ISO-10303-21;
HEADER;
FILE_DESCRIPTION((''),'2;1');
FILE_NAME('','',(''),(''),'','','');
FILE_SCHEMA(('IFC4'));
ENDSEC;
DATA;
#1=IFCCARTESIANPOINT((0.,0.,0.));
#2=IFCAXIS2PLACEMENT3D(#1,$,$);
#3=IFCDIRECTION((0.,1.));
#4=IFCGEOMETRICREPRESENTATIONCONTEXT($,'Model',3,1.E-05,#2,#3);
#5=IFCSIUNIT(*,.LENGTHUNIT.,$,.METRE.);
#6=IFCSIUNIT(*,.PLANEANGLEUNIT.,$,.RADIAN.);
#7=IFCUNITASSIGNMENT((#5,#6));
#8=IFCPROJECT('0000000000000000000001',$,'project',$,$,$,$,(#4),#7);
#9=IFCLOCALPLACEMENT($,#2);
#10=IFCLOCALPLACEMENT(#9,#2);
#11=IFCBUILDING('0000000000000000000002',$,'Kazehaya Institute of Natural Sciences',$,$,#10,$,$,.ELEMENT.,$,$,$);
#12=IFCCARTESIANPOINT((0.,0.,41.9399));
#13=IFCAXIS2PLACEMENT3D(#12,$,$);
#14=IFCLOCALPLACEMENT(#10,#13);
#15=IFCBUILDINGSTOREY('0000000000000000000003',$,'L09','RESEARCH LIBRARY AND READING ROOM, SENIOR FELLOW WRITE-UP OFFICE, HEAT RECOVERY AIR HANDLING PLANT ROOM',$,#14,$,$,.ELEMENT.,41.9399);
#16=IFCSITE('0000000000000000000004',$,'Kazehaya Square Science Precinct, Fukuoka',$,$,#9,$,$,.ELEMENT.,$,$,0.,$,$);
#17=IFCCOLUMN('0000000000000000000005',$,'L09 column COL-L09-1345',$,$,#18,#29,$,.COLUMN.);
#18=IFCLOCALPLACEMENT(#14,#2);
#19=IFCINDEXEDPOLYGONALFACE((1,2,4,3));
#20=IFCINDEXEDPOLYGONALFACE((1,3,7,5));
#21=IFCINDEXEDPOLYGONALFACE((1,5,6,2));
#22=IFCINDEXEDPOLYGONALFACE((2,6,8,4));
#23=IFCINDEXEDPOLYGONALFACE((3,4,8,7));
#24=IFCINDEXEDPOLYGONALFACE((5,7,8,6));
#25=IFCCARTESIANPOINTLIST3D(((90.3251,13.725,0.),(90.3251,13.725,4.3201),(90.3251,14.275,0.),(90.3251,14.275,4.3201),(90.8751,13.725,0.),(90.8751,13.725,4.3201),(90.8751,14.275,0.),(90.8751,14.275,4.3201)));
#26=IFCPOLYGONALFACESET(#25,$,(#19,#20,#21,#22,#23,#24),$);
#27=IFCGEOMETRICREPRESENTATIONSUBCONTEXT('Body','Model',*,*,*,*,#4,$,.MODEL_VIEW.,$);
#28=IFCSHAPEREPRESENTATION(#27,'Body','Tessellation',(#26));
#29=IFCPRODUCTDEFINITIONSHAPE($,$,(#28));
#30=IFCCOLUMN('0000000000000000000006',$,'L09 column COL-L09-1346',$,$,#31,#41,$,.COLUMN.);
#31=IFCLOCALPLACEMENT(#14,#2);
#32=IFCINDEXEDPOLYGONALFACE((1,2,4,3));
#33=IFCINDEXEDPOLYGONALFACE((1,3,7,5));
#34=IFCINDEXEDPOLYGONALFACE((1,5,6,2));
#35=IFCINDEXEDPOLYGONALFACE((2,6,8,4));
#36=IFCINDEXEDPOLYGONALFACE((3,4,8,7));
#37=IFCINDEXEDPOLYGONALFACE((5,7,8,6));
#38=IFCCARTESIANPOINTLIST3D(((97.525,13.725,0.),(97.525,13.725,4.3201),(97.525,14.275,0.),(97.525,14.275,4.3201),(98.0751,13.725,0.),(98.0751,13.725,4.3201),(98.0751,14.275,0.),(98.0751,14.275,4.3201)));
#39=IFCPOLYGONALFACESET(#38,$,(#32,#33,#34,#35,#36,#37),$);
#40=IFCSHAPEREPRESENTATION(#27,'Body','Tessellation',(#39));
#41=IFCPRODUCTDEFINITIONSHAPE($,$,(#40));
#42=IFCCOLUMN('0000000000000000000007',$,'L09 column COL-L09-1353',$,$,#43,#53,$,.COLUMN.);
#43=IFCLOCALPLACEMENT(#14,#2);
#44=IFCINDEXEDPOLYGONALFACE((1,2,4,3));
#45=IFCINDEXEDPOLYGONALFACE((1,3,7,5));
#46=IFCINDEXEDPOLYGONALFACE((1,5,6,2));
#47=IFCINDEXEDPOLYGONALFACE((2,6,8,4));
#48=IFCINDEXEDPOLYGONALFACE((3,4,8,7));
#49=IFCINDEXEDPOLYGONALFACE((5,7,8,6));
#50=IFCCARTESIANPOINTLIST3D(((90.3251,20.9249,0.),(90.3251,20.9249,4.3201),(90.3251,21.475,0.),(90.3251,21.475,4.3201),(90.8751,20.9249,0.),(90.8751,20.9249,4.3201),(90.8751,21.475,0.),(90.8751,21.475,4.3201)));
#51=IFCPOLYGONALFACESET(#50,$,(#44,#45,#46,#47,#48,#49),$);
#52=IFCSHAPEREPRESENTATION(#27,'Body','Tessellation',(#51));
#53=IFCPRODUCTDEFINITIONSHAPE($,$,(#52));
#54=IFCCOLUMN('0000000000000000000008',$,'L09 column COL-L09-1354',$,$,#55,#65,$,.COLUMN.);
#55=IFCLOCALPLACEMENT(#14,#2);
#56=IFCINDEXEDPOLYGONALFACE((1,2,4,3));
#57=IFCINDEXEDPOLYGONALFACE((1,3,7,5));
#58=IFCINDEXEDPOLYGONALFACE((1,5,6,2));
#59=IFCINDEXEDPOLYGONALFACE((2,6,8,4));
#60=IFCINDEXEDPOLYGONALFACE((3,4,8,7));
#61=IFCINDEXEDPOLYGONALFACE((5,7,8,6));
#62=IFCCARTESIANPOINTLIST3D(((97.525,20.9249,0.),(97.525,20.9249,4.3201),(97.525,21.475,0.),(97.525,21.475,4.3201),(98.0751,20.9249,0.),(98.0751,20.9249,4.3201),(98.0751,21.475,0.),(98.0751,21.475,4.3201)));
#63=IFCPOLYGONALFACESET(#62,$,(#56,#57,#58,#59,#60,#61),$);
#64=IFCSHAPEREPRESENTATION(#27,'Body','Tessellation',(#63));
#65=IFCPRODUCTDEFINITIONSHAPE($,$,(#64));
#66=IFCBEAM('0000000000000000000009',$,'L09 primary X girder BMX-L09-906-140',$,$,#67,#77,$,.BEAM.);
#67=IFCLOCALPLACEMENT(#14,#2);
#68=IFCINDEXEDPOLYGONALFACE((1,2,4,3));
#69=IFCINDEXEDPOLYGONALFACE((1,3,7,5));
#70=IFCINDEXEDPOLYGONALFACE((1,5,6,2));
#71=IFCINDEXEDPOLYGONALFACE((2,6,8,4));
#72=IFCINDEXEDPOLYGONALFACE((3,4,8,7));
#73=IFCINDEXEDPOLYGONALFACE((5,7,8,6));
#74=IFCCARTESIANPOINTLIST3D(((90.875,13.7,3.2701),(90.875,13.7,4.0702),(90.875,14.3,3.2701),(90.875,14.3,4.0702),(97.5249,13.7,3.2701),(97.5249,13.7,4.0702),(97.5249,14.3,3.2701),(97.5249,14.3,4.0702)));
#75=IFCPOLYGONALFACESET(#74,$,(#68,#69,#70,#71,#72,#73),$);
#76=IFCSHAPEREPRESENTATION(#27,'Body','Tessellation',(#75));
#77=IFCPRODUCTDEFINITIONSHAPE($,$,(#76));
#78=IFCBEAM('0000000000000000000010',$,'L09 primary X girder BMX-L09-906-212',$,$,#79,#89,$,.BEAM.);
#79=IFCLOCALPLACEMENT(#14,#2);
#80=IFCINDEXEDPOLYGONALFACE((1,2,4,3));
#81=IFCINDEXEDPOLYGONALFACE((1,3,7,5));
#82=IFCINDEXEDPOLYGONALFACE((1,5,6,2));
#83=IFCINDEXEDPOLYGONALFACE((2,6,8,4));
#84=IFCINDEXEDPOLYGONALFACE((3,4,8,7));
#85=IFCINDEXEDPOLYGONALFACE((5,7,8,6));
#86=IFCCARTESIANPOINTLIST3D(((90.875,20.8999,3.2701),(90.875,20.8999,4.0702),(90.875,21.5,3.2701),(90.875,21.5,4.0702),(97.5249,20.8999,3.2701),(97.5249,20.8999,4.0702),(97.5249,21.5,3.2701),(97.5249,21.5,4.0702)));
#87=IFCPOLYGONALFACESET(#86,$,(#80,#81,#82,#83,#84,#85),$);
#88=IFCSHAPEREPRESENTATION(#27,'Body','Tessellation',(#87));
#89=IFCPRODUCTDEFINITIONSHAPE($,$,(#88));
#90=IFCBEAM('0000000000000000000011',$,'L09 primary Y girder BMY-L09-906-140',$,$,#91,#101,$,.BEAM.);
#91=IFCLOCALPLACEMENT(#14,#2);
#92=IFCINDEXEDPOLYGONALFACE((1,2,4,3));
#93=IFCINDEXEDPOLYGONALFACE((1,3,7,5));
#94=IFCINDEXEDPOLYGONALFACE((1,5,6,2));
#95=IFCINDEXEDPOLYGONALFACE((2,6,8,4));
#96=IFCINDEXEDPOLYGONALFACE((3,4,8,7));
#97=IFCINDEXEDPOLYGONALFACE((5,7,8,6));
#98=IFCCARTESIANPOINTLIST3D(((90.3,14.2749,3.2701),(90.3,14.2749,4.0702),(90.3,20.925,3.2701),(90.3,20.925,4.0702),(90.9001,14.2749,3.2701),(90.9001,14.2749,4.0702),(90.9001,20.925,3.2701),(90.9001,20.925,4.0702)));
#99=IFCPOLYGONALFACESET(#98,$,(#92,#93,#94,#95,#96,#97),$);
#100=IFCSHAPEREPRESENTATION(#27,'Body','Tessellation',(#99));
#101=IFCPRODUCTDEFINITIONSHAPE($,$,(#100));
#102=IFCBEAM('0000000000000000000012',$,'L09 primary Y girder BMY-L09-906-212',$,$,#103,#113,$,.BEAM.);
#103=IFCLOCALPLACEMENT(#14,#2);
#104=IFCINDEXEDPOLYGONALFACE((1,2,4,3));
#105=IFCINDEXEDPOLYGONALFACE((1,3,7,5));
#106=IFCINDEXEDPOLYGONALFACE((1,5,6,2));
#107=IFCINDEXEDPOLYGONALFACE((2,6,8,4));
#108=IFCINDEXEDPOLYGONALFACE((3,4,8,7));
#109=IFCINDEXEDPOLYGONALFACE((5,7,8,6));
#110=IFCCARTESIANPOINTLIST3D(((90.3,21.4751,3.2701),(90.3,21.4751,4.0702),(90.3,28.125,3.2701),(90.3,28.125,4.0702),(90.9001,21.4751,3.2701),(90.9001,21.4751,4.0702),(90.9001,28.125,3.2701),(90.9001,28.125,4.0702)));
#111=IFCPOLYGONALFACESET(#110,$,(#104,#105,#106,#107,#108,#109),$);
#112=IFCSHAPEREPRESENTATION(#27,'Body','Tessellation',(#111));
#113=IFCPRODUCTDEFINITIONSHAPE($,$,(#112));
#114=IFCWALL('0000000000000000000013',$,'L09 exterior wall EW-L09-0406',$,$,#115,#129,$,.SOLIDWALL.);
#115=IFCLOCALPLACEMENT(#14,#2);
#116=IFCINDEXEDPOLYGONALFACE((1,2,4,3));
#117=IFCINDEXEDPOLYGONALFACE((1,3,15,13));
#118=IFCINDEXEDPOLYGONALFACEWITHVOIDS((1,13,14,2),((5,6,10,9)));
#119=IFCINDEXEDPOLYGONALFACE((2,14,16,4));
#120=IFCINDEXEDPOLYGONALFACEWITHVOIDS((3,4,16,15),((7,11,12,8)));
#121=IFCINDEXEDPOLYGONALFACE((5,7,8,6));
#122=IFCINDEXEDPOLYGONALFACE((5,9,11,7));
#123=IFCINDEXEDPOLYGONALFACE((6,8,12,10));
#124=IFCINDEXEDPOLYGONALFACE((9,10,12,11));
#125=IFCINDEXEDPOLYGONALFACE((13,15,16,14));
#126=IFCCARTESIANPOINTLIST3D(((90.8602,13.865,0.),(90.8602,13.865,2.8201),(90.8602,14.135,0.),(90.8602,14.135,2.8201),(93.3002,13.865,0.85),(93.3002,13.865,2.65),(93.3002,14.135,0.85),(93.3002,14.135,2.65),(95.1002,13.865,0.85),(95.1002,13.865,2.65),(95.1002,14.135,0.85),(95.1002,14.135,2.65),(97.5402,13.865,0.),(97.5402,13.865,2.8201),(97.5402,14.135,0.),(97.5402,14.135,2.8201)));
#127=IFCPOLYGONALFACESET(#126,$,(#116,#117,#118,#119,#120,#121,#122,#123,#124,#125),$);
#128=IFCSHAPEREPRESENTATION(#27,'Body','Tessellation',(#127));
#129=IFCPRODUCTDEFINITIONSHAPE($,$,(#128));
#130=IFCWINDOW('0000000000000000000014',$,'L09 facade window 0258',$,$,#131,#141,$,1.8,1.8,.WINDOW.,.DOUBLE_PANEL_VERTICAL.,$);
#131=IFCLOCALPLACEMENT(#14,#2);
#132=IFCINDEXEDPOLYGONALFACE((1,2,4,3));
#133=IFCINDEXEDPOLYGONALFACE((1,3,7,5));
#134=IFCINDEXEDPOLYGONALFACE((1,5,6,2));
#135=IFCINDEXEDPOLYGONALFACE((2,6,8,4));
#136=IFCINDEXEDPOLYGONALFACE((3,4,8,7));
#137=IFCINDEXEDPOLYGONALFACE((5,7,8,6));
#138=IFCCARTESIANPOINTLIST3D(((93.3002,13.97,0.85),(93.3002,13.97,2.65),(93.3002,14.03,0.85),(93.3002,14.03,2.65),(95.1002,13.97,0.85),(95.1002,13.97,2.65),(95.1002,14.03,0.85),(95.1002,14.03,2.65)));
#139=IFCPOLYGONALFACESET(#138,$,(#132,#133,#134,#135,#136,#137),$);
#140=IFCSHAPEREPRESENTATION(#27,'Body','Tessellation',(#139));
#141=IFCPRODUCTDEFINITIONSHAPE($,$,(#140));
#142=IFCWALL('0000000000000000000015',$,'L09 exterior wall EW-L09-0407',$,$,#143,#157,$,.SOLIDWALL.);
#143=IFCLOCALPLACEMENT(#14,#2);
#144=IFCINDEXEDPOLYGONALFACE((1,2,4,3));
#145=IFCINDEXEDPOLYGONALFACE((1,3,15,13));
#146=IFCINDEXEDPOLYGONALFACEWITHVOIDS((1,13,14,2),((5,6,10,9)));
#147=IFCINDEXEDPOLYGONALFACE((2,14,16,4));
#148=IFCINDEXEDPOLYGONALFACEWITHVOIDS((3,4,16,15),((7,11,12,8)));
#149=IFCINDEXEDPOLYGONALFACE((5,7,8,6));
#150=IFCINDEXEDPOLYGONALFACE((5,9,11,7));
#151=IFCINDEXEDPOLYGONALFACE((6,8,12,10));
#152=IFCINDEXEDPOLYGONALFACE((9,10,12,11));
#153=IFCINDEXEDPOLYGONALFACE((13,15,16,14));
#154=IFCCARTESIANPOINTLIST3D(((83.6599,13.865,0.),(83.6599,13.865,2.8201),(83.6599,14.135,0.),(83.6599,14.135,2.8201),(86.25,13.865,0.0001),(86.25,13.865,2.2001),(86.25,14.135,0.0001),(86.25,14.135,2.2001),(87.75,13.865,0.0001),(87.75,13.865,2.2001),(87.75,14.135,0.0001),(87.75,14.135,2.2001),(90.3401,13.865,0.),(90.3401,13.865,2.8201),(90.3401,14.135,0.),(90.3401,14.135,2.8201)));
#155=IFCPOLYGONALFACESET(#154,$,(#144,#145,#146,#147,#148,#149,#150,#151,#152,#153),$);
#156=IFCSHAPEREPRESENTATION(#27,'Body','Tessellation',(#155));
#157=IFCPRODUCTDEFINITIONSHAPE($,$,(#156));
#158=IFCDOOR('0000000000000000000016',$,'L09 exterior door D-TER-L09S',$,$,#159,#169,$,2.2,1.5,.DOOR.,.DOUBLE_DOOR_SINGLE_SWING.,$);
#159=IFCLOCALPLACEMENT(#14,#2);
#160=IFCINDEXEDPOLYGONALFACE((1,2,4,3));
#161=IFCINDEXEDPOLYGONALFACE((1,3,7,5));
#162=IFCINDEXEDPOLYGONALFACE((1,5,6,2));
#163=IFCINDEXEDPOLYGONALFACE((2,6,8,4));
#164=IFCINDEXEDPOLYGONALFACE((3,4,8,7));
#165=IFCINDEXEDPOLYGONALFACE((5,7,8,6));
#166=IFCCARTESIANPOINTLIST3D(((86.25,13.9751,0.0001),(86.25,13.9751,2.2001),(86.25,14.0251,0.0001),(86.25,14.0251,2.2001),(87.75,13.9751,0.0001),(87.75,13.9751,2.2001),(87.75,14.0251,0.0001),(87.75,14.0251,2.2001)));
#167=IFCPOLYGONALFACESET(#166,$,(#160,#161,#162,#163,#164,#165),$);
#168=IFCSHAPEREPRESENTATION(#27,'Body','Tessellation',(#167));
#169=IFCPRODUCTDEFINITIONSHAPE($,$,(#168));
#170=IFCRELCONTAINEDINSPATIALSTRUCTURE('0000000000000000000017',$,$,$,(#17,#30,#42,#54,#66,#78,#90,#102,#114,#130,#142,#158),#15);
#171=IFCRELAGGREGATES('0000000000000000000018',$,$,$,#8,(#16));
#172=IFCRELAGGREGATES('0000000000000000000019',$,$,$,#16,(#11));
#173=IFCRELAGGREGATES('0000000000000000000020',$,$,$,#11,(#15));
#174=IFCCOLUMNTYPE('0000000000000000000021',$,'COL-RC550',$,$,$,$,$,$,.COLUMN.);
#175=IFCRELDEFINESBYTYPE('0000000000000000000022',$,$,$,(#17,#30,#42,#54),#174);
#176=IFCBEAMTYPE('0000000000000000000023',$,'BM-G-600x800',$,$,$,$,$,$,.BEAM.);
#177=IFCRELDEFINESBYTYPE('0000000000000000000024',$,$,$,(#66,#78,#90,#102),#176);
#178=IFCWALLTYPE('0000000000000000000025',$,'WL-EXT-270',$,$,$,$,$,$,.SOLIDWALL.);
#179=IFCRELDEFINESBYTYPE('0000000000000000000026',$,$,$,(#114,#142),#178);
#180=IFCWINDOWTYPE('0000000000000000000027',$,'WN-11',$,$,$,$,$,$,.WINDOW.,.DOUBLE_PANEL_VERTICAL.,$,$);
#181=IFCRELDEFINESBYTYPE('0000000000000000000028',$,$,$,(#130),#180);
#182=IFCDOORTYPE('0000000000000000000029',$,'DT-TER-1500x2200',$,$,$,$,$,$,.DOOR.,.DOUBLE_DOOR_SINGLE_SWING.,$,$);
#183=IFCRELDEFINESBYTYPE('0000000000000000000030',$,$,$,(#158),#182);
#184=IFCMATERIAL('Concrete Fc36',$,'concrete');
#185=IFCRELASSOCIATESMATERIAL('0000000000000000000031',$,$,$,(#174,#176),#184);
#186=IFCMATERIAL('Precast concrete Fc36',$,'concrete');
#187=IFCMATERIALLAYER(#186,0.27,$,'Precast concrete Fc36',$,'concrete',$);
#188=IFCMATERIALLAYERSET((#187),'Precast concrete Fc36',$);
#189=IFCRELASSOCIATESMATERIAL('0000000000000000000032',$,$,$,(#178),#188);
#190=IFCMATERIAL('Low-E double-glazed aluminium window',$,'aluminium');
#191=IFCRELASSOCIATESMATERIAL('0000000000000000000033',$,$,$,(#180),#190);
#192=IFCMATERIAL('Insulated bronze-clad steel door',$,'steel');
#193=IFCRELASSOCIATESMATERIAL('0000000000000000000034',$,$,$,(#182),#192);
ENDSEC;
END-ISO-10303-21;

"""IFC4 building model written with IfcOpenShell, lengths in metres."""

from ifc_helpers import new_model, si_unit, direction, frame, frame_2d, origin, origin_2d, place, context, subcontext, project, spatial, rectangle, extrude, material, layer, layer_set, material_profile, profile_set, type_object, element, fill, save


model = new_model("IFC4")

# Units and contexts
model_context = context("Model", 3, precision=1e-05, world=origin(), true_north=direction((0.0, 1.0)))
body_context = subcontext(model_context, "Body", "Model", "MODEL_VIEW")
ifc_project = project(units=[si_unit("LENGTHUNIT", "METRE"), si_unit("PLANEANGLEUNIT", "RADIAN")], contexts=[model_context])

# Site, building, storey
site_placement = place(None, origin())
site = spatial("IfcSite", under=ifc_project, at=site_placement, Name="Kazehaya Square Science Precinct, Fukuoka", CompositionType="ELEMENT", RefElevation=0.0)
building_placement = place(site_placement, origin())
building = spatial("IfcBuilding", under=site, at=building_placement, Name="Kazehaya Institute of Natural Sciences", CompositionType="ELEMENT")
storey_placement = place(building_placement, frame((0.0, 0.0, 41.9399)))
storey = spatial("IfcBuildingStorey", under=building, at=storey_placement, Name="L09", Description="RESEARCH LIBRARY AND READING ROOM, SENIOR FELLOW WRITE-UP OFFICE, HEAT RECOVERY AIR HANDLING PLANT ROOM", CompositionType="ELEMENT", Elevation=41.9399)

# Columns
ifc_material_1 = material(Name="Concrete Fc36", Category="concrete")
ifc_material_profile_1 = material_profile(ifc_material_1, rectangle(XDim=0.55, YDim=0.55, at=origin_2d()), Name="RC-550x550")
ifc_profile_set_1 = profile_set([ifc_material_profile_1], Name="Concrete Fc36")
column_type = type_object("IfcColumnType", Name="COL-RC550", PredefinedType="COLUMN", material=ifc_profile_set_1)
for number, where, z_axis, x_axis, name in (
    (1, (90.6001, 14.0, 0.0), (0.0, 0.0, 1.0), (1.0, 0.0, 0.0), "L09 column COL-L09-1345"),
    (2, (97.8, 14.0, 0.0), (0.0, 0.0, 1.0), (1.0, 0.0, 0.0), "L09 column COL-L09-1346"),
    (3, (90.6001, 21.2, 0.0), (0.0, 0.0, 1.0), (1.0, 0.0, 0.0), "L09 column COL-L09-1353"),
    (4, (97.8, 21.2, 0.0), (0.0, 0.0, 1.0), (1.0, 0.0, 0.0), "L09 column COL-L09-1354"),
):
    element("IfcColumn", number, at=place(storey_placement, frame(where, z_axis=z_axis, x_axis=x_axis)), inside=storey, type_object=column_type, Name=name, PredefinedType="COLUMN", context=body_context, shape_type="SweptSolid", body=[
        extrude(rectangle(XDim=0.55, YDim=0.55, at=origin_2d()), origin(), (0.0, 0.0, 1.0), 4.3201),
    ])

# Beams
ifc_material_profile_2 = material_profile(ifc_material_1, rectangle(XDim=0.6001, YDim=0.8, at=origin_2d()), Name="RC-600x800")
ifc_profile_set_2 = profile_set([ifc_material_profile_2], Name="Concrete Fc36")
beam_type = type_object("IfcBeamType", Name="BM-G-600x800", PredefinedType="BEAM", material=ifc_profile_set_2)
for number, where, z_axis, x_axis, name in (
    (5, (90.875, 14.0, 3.6702), (1.0, 0.0, 0.0), (0.0, 1.0, 0.0), "L09 primary X girder BMX-L09-906-140"),
    (6, (90.875, 21.2, 3.6702), (1.0, 0.0, 0.0), (0.0, 1.0, 0.0), "L09 primary X girder BMX-L09-906-212"),
):
    element("IfcBeam", number, at=place(storey_placement, frame(where, z_axis=z_axis, x_axis=x_axis)), inside=storey, type_object=beam_type, Name=name, PredefinedType="BEAM", context=body_context, shape_type="SweptSolid", body=[
        extrude(rectangle(XDim=0.6001, YDim=0.8, at=origin_2d()), origin(), (0.0, 0.0, 1.0), 6.6499),
    ])
beam_1_placement = place(storey_placement, frame((90.6001, 14.2749, 3.6702), z_axis=(0.0, 1.0, 0.0), x_axis=(-1.0, 0.0, 0.0)))
element("IfcBeam", 7, at=beam_1_placement, inside=storey, type_object=beam_type, Name="L09 primary Y girder BMY-L09-906-140", PredefinedType="BEAM", context=body_context, shape_type="SweptSolid", body=[
    extrude(rectangle(XDim=0.6001, YDim=0.8, at=origin_2d()), origin(), (0.0, 0.0, 1.0), 6.6501),
])
beam_2_placement = place(storey_placement, frame((90.6001, 21.4751, 3.6702), z_axis=(0.0, 1.0, 0.0), x_axis=(-1.0, 0.0, 0.0)))
element("IfcBeam", 8, at=beam_2_placement, inside=storey, type_object=beam_type, Name="L09 primary Y girder BMY-L09-906-212", PredefinedType="BEAM", context=body_context, shape_type="SweptSolid", body=[
    extrude(rectangle(XDim=0.6001, YDim=0.8, at=origin_2d()), origin(), (0.0, 0.0, 1.0), 6.6499),
])

# Wall, opening, window
ifc_material_2 = material(Name="Precast concrete Fc36", Category="concrete")
ifc_layer_1 = layer(ifc_material_2, 0.27, Name="Precast concrete Fc36", Category="concrete")
ifc_layer_set_1 = layer_set([ifc_layer_1], Name="Precast concrete Fc36")
wall_type_1 = type_object("IfcWallType", Name="WL-EXT-270", PredefinedType="SOLIDWALL", material=ifc_layer_set_1)
wall_1_placement = place(storey_placement, frame((97.54, 14.0, 0.0), z_axis=(0.0, 0.0, 1.0), x_axis=(-1.0, 0.0, 0.0)))
wall_1 = element("IfcWall", 9, at=wall_1_placement, inside=storey, type_object=wall_type_1, Name="L09 exterior wall EW-L09-0406", PredefinedType="SOLIDWALL", context=body_context, shape_type="SweptSolid", body=[
    extrude(rectangle(XDim=6.6799, YDim=0.27, at=frame_2d((3.3398, 0.0))), origin(), (0.0, 0.0, 1.0), 2.8201),
])
opening_1_placement = place(wall_1_placement, frame((2.4399, 0.0, 0.8501)))
opening_1 = element("IfcOpeningElement", 10, at=opening_1_placement, cuts=wall_1, PredefinedType="OPENING", context=body_context, shape_type="SweptSolid", body=[
    extrude(rectangle(XDim=1.8, YDim=1.8, at=frame_2d((0.8999, 0.8999))), frame((0.0, 0.145, 0.0), z_axis=(0.0, -1.0, 0.0), x_axis=(1.0, 0.0, 0.0)), (0.0, 0.0, 1.0), 0.29),
])
ifc_material_3 = material(Name="Low-E double-glazed aluminium window", Category="aluminium")
window_type = type_object("IfcWindowType", Name="WN-11", PartitioningType="DOUBLE_PANEL_VERTICAL", PredefinedType="WINDOW", material=ifc_material_3)
window_placement = place(opening_1_placement, origin())
window = element("IfcWindow", 11, at=window_placement, inside=storey, type_object=window_type, Name="L09 facade window 0258", OverallHeight=1.8, OverallWidth=1.8, PartitioningType="DOUBLE_PANEL_VERTICAL", PredefinedType="WINDOW", context=body_context, shape_type="SweptSolid", body=[
    extrude(rectangle(XDim=1.8, YDim=1.8, at=frame_2d((0.8999, 0.8999))), frame((0.0, 0.03, 0.0), z_axis=(0.0, -1.0, 0.0), x_axis=(1.0, 0.0, 0.0)), (0.0, 0.0, 1.0), 0.0601),
])
fill(opening_1, window)

# Wall, opening, door
wall_2_placement = place(storey_placement, frame((90.3401, 14.0, 0.0), z_axis=(0.0, 0.0, 1.0), x_axis=(-1.0, 0.0, 0.0)))
wall_2 = element("IfcWall", 12, at=wall_2_placement, inside=storey, type_object=wall_type_1, Name="L09 exterior wall EW-L09-0407", PredefinedType="SOLIDWALL", context=body_context, shape_type="SweptSolid", body=[
    extrude(rectangle(XDim=6.6802, YDim=0.27, at=frame_2d((3.3401, 0.0))), origin(), (0.0, 0.0, 1.0), 2.8201),
])
opening_2_placement = place(wall_2_placement, frame((2.5901, 0.0, 0.0)))
opening_2 = element("IfcOpeningElement", 13, at=opening_2_placement, cuts=wall_2, PredefinedType="OPENING", context=body_context, shape_type="SweptSolid", body=[
    extrude(rectangle(XDim=1.5, YDim=2.2, at=frame_2d((0.75, 1.1001))), frame((0.0, 0.145, 0.0), z_axis=(0.0, -1.0, 0.0), x_axis=(1.0, 0.0, 0.0)), (0.0, 0.0, 1.0), 0.29),
])
ifc_material_4 = material(Name="Insulated bronze-clad steel door", Category="steel")
door_type_1 = type_object("IfcDoorType", Name="DT-TER-1500x2200", OperationType="DOUBLE_DOOR_SINGLE_SWING", PredefinedType="DOOR", material=ifc_material_4)
door_1_placement = place(opening_2_placement, origin())
door_1 = element("IfcDoor", 14, at=door_1_placement, inside=storey, type_object=door_type_1, Name="L09 exterior door D-TER-L09S", OperationType="DOUBLE_DOOR_SINGLE_SWING", OverallHeight=2.2, OverallWidth=1.5, PredefinedType="DOOR", context=body_context, shape_type="SweptSolid", body=[
    extrude(rectangle(XDim=1.5, YDim=2.2, at=frame_2d((0.75, 1.1001))), frame((0.0, 0.0249, 0.0), z_axis=(0.0, -1.0, 0.0), x_axis=(1.0, 0.0, 0.0)), (0.0, 0.0, 1.0), 0.05),
])
fill(opening_2, door_1)

save(model, "model.ifc")
